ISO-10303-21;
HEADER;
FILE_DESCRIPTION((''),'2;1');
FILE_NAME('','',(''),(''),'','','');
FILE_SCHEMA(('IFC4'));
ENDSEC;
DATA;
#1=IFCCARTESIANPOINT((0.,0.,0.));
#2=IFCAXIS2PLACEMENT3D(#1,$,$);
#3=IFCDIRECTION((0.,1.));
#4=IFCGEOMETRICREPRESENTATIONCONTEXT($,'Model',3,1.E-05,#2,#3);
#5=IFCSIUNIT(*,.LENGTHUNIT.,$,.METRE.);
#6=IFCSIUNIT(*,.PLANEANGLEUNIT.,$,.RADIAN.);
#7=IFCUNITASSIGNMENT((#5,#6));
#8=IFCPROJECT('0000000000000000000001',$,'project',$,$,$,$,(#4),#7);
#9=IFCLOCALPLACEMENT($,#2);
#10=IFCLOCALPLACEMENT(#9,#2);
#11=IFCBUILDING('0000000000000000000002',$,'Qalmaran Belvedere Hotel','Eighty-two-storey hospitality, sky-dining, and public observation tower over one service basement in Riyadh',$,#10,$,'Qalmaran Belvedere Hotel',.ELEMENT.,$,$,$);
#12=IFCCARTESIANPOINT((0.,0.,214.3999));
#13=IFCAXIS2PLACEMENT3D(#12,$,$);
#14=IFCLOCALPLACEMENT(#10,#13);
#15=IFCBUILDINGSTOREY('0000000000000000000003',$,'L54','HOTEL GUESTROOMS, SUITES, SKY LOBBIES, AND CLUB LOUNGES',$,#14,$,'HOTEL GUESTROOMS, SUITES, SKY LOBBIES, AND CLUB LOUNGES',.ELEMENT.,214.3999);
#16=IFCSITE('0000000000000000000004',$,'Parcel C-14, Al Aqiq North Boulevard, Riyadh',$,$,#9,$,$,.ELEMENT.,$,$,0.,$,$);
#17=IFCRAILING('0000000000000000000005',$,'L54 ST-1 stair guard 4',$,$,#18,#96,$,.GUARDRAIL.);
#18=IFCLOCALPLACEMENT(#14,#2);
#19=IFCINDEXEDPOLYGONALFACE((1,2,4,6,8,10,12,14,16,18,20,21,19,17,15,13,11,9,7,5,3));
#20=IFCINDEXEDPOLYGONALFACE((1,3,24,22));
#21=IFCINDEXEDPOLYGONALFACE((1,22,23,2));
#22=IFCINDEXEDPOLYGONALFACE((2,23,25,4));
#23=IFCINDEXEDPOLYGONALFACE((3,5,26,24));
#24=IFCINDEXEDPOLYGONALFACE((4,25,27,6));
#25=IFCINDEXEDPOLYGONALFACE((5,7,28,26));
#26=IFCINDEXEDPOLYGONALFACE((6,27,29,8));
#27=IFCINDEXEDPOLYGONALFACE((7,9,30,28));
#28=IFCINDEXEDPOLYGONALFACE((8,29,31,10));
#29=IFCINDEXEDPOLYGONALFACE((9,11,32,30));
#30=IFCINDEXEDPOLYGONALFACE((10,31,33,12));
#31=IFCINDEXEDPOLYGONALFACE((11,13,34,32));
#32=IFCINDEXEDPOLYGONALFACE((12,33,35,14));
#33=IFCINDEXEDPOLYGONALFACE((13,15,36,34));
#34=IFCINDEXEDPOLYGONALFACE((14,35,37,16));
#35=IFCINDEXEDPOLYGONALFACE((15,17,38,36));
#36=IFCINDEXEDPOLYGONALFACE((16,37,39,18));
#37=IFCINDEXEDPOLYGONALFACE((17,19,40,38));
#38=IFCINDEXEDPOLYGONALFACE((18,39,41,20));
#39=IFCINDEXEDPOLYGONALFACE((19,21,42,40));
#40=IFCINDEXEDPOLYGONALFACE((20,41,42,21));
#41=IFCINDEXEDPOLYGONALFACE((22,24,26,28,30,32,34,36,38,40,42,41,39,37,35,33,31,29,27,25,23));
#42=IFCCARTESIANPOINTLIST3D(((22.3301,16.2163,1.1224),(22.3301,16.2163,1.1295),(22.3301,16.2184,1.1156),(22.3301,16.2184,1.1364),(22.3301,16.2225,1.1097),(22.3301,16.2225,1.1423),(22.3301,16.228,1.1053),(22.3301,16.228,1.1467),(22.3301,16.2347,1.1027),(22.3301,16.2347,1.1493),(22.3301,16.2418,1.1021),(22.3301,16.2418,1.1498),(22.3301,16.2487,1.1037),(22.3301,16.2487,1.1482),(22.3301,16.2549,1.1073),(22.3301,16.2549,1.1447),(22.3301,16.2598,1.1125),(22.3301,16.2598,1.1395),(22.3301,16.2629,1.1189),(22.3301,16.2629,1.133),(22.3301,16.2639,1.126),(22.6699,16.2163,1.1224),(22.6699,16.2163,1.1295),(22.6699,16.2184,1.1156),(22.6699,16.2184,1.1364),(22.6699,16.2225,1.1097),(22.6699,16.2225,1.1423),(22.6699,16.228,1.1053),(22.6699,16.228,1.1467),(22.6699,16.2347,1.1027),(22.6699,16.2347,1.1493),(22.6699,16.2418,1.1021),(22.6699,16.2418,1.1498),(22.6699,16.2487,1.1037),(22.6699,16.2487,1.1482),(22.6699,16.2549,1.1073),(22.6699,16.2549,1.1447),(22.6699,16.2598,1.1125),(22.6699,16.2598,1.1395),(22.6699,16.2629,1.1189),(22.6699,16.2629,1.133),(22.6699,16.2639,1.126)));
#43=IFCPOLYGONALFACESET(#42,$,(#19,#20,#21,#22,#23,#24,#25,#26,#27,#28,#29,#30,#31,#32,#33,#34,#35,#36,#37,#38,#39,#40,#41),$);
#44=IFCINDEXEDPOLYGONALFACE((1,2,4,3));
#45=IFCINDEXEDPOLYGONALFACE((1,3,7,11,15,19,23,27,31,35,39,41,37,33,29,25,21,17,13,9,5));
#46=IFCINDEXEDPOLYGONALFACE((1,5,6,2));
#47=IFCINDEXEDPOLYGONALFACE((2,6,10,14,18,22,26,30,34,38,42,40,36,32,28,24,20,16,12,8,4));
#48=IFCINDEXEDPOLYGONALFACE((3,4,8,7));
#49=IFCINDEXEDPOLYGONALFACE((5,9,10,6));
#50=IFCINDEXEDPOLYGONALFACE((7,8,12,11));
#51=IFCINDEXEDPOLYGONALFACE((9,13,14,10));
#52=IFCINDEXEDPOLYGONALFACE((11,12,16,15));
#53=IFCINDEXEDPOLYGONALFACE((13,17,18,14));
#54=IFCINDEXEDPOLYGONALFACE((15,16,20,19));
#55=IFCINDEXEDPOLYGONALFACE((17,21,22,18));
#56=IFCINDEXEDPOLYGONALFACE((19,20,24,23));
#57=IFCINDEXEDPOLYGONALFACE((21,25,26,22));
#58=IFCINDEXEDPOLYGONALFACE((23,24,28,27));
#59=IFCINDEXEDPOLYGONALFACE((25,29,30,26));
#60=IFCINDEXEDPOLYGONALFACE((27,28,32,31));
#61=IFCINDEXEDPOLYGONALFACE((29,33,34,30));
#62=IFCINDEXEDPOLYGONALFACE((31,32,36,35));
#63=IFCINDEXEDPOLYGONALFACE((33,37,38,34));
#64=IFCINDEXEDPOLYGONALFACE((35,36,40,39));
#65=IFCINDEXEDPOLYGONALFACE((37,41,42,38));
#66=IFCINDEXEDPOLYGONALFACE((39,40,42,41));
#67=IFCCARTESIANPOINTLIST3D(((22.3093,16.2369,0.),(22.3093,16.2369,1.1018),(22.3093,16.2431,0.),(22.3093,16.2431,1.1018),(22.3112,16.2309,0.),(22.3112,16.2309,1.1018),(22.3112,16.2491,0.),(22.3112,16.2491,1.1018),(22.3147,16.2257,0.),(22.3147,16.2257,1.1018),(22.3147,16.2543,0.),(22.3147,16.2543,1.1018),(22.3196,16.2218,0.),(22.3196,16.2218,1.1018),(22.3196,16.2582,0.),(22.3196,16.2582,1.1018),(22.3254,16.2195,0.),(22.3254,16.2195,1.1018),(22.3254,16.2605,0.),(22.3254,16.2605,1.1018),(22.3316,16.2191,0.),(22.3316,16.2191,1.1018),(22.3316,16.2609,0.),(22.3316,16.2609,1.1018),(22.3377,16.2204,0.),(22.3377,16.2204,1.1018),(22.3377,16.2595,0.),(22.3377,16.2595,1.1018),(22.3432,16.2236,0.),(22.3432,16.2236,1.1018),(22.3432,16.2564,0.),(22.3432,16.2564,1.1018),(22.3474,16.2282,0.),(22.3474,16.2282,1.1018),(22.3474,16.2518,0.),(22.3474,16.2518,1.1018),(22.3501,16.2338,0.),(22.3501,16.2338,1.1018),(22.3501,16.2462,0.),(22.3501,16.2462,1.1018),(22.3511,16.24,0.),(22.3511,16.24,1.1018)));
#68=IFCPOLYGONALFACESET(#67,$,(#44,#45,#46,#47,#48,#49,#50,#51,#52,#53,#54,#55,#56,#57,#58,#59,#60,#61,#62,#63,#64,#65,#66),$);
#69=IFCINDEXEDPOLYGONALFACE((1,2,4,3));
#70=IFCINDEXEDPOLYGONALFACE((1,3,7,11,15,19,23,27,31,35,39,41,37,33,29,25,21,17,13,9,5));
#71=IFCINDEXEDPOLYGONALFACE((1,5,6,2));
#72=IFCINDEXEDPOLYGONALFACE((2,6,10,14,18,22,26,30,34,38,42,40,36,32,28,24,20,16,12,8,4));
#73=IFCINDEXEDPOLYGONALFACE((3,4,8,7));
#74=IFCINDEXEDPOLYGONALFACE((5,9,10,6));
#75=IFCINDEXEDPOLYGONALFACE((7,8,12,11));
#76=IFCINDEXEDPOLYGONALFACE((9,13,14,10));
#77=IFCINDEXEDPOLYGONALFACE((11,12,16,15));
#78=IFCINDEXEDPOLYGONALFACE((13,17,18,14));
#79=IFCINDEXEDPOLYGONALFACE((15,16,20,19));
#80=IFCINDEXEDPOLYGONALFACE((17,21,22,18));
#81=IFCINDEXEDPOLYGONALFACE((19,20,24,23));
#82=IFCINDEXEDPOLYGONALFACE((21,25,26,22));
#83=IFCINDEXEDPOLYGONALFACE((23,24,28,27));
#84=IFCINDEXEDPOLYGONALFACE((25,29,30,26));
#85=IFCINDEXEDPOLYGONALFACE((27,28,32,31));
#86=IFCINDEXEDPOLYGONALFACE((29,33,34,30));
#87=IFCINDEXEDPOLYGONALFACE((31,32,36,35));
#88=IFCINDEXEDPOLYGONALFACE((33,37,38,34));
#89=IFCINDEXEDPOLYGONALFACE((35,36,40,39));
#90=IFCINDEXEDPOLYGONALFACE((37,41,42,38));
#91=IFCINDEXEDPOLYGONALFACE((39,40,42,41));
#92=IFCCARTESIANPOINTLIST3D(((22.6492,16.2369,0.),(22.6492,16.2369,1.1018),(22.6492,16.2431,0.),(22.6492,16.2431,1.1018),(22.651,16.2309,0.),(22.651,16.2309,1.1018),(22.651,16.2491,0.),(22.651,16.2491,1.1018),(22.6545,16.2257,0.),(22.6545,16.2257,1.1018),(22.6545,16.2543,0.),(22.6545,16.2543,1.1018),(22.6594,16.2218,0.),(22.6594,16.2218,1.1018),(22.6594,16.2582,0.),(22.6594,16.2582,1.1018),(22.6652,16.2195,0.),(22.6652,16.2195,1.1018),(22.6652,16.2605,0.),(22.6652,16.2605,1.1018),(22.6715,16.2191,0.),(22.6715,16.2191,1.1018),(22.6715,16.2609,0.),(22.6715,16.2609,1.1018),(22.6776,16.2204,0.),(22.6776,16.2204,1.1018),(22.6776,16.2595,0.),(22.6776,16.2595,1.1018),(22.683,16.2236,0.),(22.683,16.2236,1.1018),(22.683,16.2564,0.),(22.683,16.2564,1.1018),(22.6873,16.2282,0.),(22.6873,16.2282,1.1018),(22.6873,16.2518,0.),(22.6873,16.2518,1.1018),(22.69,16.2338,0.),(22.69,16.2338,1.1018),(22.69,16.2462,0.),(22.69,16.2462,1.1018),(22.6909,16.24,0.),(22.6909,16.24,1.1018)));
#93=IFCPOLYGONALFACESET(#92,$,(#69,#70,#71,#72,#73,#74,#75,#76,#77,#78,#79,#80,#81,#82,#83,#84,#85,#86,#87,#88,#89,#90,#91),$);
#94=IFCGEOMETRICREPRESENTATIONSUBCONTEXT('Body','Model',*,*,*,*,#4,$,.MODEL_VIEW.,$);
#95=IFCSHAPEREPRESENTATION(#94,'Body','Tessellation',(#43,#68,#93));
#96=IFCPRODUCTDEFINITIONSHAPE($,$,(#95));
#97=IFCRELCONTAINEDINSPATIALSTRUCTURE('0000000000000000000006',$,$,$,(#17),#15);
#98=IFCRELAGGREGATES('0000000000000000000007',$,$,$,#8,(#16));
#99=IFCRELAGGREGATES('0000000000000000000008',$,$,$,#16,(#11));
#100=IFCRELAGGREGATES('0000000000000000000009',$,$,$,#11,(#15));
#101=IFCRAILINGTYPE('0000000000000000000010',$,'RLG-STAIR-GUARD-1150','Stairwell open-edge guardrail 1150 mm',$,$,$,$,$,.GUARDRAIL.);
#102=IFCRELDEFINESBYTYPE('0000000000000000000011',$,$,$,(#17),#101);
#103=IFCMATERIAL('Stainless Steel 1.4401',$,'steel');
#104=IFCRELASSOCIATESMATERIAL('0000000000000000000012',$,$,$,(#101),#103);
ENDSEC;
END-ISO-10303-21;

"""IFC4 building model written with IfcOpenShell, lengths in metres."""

from ifc_helpers import new_model, si_unit, direction, frame, origin, origin_2d, place, context, subcontext, project, spatial, circle, extrude, material, type_object, element, save


model = new_model("IFC4")

# Units and contexts
model_context = context("Model", 3, precision=1e-05, world=origin(), true_north=direction((0.0, 1.0)))
body_context = subcontext(model_context, "Body", "Model", "MODEL_VIEW")
ifc_project = project(units=[si_unit("LENGTHUNIT", "METRE"), si_unit("PLANEANGLEUNIT", "RADIAN")], contexts=[model_context])

# Site, building, storey
site_placement = place(None, origin())
site = spatial("IfcSite", under=ifc_project, at=site_placement, Name="Parcel C-14, Al Aqiq North Boulevard, Riyadh", CompositionType="ELEMENT", RefElevation=0.0)
building_placement = place(site_placement, origin())
building = spatial("IfcBuilding", under=site, at=building_placement, Name="Qalmaran Belvedere Hotel", Description="Eighty-two-storey hospitality, sky-dining, and public observation tower over one service basement in Riyadh", LongName="Qalmaran Belvedere Hotel", CompositionType="ELEMENT")
storey_placement = place(building_placement, frame((0.0, 0.0, 214.3999)))
storey = spatial("IfcBuildingStorey", under=building, at=storey_placement, Name="L54", Description="HOTEL GUESTROOMS, SUITES, SKY LOBBIES, AND CLUB LOUNGES", LongName="HOTEL GUESTROOMS, SUITES, SKY LOBBIES, AND CLUB LOUNGES", CompositionType="ELEMENT", Elevation=214.3999)

# Shared definitions
ifc_material_1 = material(Name="Stainless Steel 1.4401", Category="steel")

# Railing
railing_type_1 = type_object("IfcRailingType", Name="RLG-STAIR-GUARD-1150", Description="Stairwell open-edge guardrail 1150 mm", PredefinedType="GUARDRAIL", material=ifc_material_1)
railing_1_placement = place(storey_placement, frame((22.3301, 16.24, 0.0)))
element("IfcRailing", 1, at=railing_1_placement, inside=storey, type_object=railing_type_1, Name="L54 ST-1 stair guard 4", PredefinedType="GUARDRAIL", context=body_context, shape_type="SweptSolid", body=[
    extrude(circle(Radius=0.0239, at=origin_2d()), frame((0.0, 0.0, 1.126), z_axis=(1.0, 0.0, 0.0), x_axis=(0.0, 1.0, 0.0)), (0.0, 0.0, 1.0), 0.3398),
    extrude(circle(Radius=0.021, at=origin_2d()), origin(), (0.0, 0.0, 1.0), 1.1018),
    extrude(circle(Radius=0.021, at=origin_2d()), frame((0.3398, 0.0, 0.0)), (0.0, 0.0, 1.0), 1.1018),
])

save(model, "model.ifc")
